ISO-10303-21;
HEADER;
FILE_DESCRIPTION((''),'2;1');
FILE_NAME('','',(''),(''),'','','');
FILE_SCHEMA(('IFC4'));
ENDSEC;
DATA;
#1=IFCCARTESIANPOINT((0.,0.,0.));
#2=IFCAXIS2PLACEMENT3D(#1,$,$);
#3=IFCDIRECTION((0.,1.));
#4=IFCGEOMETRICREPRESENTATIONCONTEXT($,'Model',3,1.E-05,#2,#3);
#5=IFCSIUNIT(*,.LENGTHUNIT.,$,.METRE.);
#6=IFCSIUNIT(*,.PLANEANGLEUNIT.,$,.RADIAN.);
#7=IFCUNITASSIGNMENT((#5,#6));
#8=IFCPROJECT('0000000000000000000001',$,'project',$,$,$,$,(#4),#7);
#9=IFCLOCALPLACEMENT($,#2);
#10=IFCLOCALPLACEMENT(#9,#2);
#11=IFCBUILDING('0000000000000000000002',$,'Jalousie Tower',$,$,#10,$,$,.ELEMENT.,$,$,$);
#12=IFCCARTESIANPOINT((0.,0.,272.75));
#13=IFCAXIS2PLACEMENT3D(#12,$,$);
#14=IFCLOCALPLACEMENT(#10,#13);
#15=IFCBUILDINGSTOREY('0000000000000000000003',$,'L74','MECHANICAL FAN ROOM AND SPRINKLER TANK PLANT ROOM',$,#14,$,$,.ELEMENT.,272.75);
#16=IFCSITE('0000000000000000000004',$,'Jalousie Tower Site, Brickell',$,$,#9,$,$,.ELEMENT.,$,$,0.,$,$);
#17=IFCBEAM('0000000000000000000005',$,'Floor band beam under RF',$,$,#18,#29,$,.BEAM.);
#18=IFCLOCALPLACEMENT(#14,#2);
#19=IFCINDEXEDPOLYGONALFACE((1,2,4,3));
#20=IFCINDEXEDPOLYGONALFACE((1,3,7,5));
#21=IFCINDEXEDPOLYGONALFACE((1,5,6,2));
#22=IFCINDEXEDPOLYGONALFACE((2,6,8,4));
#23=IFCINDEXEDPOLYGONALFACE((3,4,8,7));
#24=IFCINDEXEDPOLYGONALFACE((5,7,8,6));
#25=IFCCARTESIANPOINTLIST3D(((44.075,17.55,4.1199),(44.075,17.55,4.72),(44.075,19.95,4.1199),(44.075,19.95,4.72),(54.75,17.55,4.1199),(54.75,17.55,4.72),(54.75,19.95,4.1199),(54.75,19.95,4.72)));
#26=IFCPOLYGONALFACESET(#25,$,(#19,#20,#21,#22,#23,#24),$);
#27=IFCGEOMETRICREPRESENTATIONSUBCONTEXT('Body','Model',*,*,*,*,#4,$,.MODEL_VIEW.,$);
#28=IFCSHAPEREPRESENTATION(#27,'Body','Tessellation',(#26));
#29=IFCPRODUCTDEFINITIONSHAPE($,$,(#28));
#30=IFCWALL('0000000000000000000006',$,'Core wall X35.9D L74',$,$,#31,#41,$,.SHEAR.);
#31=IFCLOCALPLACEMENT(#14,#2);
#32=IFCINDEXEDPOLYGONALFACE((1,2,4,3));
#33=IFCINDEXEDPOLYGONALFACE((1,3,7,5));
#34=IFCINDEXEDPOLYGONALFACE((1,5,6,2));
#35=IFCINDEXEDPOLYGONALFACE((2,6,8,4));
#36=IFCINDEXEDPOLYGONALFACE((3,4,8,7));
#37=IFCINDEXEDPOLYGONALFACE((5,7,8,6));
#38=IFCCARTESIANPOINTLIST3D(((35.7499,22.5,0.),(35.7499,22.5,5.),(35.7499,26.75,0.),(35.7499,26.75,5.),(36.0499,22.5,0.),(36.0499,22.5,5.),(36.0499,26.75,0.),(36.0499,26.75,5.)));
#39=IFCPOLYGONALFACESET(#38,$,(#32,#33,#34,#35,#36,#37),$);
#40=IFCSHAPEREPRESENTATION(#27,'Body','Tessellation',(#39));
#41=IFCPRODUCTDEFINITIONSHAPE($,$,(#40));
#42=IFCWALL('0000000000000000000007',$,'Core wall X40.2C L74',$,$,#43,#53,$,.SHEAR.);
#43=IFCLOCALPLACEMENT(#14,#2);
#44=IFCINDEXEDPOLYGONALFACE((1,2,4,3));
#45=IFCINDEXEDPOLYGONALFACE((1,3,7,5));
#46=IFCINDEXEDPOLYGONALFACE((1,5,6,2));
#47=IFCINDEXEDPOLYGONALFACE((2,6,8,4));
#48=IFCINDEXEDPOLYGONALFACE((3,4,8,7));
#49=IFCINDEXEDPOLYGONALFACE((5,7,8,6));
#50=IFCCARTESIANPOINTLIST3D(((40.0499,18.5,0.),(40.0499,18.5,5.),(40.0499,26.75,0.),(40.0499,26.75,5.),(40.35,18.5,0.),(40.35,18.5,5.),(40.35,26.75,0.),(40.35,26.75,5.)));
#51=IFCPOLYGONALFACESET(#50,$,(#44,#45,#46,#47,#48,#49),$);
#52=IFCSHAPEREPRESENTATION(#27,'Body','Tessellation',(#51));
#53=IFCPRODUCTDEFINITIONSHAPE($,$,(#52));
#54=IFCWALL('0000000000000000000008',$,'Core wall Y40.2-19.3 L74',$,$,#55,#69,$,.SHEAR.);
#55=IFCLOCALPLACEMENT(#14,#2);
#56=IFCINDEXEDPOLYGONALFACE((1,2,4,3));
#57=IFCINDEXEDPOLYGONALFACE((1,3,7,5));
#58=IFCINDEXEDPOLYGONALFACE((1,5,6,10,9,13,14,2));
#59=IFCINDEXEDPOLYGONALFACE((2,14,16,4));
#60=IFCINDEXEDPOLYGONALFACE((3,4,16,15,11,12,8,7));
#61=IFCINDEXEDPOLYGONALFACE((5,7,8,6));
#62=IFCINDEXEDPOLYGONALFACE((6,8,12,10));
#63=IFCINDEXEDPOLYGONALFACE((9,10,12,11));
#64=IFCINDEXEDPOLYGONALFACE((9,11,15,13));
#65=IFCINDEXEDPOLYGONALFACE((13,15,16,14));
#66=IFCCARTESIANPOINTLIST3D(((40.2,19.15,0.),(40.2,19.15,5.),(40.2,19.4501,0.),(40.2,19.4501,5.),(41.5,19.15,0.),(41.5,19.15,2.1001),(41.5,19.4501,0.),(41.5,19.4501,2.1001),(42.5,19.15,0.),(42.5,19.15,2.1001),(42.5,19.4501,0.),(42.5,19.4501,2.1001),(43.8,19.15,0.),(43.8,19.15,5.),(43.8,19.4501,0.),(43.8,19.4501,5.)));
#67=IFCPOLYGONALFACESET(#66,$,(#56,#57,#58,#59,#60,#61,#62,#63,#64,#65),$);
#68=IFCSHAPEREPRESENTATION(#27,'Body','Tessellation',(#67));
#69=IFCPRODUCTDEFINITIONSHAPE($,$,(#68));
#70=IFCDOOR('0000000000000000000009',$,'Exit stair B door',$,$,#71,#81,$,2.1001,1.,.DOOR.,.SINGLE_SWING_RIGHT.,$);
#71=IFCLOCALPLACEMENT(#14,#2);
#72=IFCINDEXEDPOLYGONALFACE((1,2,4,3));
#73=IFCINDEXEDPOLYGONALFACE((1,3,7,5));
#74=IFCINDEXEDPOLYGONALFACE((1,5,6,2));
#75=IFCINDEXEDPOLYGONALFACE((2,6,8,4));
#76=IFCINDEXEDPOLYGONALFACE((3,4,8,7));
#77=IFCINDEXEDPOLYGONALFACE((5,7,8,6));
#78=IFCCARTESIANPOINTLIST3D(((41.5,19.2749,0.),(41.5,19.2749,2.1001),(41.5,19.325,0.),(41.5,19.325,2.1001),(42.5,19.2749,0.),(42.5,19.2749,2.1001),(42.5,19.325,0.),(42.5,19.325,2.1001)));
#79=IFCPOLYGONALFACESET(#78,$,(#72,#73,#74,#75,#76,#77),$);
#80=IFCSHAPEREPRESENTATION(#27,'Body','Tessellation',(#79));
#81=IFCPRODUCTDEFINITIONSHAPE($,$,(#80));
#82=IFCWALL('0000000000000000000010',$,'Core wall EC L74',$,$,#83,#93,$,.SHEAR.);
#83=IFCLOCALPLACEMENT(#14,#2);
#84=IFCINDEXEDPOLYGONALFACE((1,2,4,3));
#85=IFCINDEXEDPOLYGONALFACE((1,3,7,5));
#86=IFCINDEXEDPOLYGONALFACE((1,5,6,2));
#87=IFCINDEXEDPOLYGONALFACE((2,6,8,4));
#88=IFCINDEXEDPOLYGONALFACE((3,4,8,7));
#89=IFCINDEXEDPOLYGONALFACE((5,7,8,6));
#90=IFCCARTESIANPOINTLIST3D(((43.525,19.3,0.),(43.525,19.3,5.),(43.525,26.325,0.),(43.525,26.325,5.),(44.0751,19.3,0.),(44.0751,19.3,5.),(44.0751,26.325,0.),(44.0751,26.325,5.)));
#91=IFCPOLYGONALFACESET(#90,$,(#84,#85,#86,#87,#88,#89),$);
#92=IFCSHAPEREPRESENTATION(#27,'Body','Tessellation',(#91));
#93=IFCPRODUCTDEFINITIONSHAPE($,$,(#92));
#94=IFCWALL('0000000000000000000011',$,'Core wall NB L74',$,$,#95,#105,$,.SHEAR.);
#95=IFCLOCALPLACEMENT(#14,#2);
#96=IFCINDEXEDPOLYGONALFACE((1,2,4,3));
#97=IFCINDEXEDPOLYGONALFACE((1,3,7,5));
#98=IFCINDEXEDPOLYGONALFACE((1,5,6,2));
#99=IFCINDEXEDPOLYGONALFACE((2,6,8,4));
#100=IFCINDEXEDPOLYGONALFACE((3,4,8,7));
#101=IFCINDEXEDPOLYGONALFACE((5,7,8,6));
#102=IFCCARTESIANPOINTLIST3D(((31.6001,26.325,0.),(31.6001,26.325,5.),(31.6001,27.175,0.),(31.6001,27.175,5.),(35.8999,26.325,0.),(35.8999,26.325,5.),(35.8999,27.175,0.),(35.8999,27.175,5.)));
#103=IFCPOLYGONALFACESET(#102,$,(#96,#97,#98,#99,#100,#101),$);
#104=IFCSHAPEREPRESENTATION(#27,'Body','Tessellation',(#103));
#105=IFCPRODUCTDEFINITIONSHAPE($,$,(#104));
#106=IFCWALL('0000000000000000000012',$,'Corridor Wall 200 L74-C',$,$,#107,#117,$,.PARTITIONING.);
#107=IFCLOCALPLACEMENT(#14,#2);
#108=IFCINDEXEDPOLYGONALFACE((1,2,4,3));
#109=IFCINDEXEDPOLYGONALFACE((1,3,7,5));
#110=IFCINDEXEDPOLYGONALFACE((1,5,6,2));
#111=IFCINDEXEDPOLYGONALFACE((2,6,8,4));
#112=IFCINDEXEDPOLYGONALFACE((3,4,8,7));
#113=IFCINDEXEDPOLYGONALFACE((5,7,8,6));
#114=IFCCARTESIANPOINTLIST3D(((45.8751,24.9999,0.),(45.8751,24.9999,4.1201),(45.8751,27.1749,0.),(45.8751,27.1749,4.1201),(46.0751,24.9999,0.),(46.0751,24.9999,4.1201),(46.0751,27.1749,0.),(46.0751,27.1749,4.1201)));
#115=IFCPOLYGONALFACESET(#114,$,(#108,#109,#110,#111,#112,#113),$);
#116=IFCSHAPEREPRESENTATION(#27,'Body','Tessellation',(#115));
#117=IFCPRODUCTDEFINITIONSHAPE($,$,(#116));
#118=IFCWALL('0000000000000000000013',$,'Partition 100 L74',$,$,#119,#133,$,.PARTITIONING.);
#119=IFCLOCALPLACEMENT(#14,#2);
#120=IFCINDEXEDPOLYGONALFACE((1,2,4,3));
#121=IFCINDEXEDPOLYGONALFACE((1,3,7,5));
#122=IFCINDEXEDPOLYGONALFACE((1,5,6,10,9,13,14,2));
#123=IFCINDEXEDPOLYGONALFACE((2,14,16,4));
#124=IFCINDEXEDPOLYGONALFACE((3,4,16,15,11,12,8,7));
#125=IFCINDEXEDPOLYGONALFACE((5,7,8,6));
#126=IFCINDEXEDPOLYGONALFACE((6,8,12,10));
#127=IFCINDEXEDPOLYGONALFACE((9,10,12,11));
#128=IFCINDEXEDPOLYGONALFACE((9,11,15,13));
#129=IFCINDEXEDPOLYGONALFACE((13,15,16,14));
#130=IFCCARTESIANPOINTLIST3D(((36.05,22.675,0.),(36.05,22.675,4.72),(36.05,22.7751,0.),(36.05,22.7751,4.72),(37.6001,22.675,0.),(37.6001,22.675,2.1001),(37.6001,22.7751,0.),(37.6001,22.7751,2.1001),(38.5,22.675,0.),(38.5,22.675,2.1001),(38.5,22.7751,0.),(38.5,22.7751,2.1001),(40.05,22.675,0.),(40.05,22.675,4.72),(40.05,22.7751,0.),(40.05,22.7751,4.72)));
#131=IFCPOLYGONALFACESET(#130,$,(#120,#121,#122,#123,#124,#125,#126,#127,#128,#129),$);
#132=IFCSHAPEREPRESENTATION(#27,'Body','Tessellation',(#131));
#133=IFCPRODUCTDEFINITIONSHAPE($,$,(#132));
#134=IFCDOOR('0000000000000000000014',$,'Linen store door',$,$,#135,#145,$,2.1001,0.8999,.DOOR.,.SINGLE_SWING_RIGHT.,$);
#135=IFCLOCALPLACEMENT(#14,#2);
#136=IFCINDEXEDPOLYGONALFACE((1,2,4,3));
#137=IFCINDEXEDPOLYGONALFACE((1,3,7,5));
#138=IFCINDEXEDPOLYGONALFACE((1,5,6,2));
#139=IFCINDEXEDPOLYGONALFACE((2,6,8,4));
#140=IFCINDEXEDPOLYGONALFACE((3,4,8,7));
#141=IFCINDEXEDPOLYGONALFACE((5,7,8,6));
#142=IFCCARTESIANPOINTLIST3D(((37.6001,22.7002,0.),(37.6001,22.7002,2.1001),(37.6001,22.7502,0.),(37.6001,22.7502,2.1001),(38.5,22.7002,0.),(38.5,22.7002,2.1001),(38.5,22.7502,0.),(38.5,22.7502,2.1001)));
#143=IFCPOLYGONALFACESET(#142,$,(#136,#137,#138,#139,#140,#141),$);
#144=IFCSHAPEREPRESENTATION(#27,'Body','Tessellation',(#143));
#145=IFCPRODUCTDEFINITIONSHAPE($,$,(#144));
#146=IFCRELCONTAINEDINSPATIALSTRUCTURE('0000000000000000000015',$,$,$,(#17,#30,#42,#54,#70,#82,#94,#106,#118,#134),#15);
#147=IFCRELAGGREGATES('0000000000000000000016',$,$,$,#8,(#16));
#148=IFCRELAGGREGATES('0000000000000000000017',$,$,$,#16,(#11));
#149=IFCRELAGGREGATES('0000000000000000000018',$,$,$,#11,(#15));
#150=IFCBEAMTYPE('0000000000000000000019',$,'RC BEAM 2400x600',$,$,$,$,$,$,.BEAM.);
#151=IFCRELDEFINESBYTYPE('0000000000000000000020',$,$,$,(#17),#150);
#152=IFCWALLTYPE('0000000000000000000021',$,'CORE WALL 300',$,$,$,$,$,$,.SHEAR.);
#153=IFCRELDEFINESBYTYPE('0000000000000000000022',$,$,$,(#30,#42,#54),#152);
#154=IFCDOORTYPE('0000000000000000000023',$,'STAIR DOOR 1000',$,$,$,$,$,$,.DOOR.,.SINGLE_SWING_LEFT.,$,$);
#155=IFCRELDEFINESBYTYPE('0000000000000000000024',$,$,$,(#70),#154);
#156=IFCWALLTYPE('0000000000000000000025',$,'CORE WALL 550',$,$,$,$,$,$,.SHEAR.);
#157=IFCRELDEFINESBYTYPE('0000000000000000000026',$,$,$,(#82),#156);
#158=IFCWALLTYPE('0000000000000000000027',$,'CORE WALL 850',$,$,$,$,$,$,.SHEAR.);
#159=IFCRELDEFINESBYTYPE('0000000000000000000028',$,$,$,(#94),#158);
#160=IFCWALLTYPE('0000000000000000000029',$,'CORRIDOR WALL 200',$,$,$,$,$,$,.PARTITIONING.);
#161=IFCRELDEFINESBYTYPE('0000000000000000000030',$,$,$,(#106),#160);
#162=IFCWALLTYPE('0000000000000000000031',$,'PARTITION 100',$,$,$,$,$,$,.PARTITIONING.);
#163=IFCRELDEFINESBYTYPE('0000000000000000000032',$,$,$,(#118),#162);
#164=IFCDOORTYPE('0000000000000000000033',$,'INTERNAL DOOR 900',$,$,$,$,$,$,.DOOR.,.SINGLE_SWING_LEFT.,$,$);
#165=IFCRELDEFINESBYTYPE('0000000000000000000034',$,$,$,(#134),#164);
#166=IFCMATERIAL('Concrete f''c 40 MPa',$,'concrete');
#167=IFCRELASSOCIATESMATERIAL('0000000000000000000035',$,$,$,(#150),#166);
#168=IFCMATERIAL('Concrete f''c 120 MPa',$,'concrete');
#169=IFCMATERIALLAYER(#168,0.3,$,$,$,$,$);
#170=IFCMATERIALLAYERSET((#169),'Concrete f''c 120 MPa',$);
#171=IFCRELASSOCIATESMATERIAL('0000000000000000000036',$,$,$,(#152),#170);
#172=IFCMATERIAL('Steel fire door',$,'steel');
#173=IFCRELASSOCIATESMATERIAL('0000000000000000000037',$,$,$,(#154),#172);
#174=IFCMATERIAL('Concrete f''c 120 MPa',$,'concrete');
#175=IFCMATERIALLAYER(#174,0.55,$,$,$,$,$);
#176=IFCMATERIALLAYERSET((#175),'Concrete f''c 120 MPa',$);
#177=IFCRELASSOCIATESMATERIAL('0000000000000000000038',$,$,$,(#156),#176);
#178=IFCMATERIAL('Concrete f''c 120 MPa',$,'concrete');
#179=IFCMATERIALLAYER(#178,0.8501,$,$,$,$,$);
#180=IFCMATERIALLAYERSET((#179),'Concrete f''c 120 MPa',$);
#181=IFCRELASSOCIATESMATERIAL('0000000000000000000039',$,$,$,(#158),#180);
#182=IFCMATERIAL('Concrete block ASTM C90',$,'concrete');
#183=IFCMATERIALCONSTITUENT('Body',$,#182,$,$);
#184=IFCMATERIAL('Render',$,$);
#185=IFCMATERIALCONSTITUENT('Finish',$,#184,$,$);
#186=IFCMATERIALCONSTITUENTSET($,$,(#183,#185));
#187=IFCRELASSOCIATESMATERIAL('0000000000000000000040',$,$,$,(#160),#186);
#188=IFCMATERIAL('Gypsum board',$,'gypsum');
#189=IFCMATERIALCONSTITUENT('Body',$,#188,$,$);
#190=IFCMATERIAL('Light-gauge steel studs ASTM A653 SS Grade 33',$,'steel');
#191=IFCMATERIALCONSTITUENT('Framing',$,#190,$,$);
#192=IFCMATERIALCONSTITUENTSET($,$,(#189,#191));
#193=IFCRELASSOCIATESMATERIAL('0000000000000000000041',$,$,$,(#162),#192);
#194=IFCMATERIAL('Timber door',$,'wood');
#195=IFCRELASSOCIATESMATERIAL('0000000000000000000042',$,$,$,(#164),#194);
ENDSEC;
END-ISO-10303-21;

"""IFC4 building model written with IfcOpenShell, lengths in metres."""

from ifc_helpers import new_model, si_unit, direction, frame, frame_2d, origin, origin_2d, place, context, subcontext, project, spatial, rectangle, extrude, material, layer, layer_set, constituent, constituent_set, material_profile, profile_set, type_object, element, fill, save


model = new_model("IFC4")

# Units and contexts
model_context = context("Model", 3, precision=1e-05, world=origin(), true_north=direction((0.0, 1.0)))
body_context = subcontext(model_context, "Body", "Model", "MODEL_VIEW")
ifc_project = project(units=[si_unit("LENGTHUNIT", "METRE"), si_unit("PLANEANGLEUNIT", "RADIAN")], contexts=[model_context])

# Site, building, storey
site_placement = place(None, origin())
site = spatial("IfcSite", under=ifc_project, at=site_placement, Name="Jalousie Tower Site, Brickell", CompositionType="ELEMENT", RefElevation=0.0)
building_placement = place(site_placement, origin())
building = spatial("IfcBuilding", under=site, at=building_placement, Name="Jalousie Tower", CompositionType="ELEMENT")
storey_placement = place(building_placement, frame((0.0, 0.0, 272.75)))
storey = spatial("IfcBuildingStorey", under=building, at=storey_placement, Name="L74", Description="MECHANICAL FAN ROOM AND SPRINKLER TANK PLANT ROOM", CompositionType="ELEMENT", Elevation=272.75)

# Beam
ifc_material_1 = material(Name="Concrete f'c 40 MPa", Category="concrete")
ifc_material_profile = material_profile(ifc_material_1, rectangle(XDim=2.3999, YDim=0.6001, at=origin_2d()), Name="RC 2400x600")
ifc_profile_set = profile_set([ifc_material_profile], Name="Concrete f'c 40 MPa")
beam_type = type_object("IfcBeamType", Name="RC BEAM 2400x600", PredefinedType="BEAM", material=ifc_profile_set)
beam_placement = place(storey_placement, frame((44.075, 18.75, 4.4199), z_axis=(1.0, 0.0, 0.0), x_axis=(0.0, 1.0, 0.0)))
element("IfcBeam", 1, at=beam_placement, inside=storey, type_object=beam_type, Name="Floor band beam under RF", PredefinedType="BEAM", context=body_context, shape_type="SweptSolid", body=[
    extrude(rectangle(XDim=2.3999, YDim=0.6001, at=origin_2d()), origin(), (0.0, 0.0, 1.0), 10.675),
])

# Walls
ifc_material_2 = material(Name="Concrete f'c 120 MPa", Category="concrete")
ifc_layer_1 = layer(ifc_material_2, 0.3)
ifc_layer_set_1 = layer_set([ifc_layer_1], Name="Concrete f'c 120 MPa")
wall_type_1 = type_object("IfcWallType", Name="CORE WALL 300", PredefinedType="SHEAR", material=ifc_layer_set_1)
wall_1_placement = place(storey_placement, frame((35.8999, 22.5, 0.0), z_axis=(0.0, 0.0, 1.0), x_axis=(0.0, 1.0, 0.0)))
element("IfcWall", 2, at=wall_1_placement, inside=storey, type_object=wall_type_1, Name="Core wall X35.9D L74", PredefinedType="SHEAR", context=body_context, shape_type="SweptSolid", body=[
    extrude(rectangle(XDim=4.25, YDim=0.3, at=frame_2d((2.125, 0.0))), origin(), (0.0, 0.0, 1.0), 5.0),
])
wall_2_placement = place(storey_placement, frame((40.2, 18.5, 0.0), z_axis=(0.0, 0.0, 1.0), x_axis=(0.0, 1.0, 0.0)))
element("IfcWall", 3, at=wall_2_placement, inside=storey, type_object=wall_type_1, Name="Core wall X40.2C L74", PredefinedType="SHEAR", context=body_context, shape_type="SweptSolid", body=[
    extrude(rectangle(XDim=8.25, YDim=0.3, at=frame_2d((4.125, 0.0))), origin(), (0.0, 0.0, 1.0), 5.0),
])

# Wall, opening, door
wall_3_placement = place(storey_placement, frame((40.2, 19.3, 0.0), z_axis=(0.0, 0.0, 1.0), x_axis=(1.0, 0.0, 0.0)))
wall_3 = element("IfcWall", 4, at=wall_3_placement, inside=storey, type_object=wall_type_1, Name="Core wall Y40.2-19.3 L74", PredefinedType="SHEAR", context=body_context, shape_type="SweptSolid", body=[
    extrude(rectangle(XDim=3.6001, YDim=0.3, at=frame_2d((1.8, 0.0))), origin(), (0.0, 0.0, 1.0), 5.0),
])
opening_1_placement = place(wall_3_placement, frame((1.3, 0.0, 0.0)))
opening_1 = element("IfcOpeningElement", 5, at=opening_1_placement, cuts=wall_3, PredefinedType="OPENING", context=body_context, shape_type="SweptSolid", body=[
    extrude(rectangle(XDim=1.0, YDim=2.1001, at=frame_2d((0.5, 1.05))), frame((0.0, 0.1599, 0.0), z_axis=(0.0, -1.0, 0.0), x_axis=(1.0, 0.0, 0.0)), (0.0, 0.0, 1.0), 0.3201),
])
ifc_material_3 = material(Name="Steel fire door", Category="steel")
door_type_1 = type_object("IfcDoorType", Name="STAIR DOOR 1000", OperationType="SINGLE_SWING_LEFT", PredefinedType="DOOR", material=ifc_material_3)
door_1_placement = place(opening_1_placement, origin())
door_1 = element("IfcDoor", 6, at=door_1_placement, inside=storey, type_object=door_type_1, Name="Exit stair B door", OperationType="SINGLE_SWING_RIGHT", OverallHeight=2.1001, OverallWidth=1.0, PredefinedType="DOOR", context=body_context, shape_type="SweptSolid", body=[
    extrude(rectangle(XDim=1.0, YDim=2.1001, at=frame_2d((0.5, 1.05))), frame((0.0, 0.0249, 0.0), z_axis=(0.0, -1.0, 0.0), x_axis=(1.0, 0.0, 0.0)), (0.0, 0.0, 1.0), 0.05),
])
fill(opening_1, door_1)

# Walls
ifc_material_4 = material(Name="Concrete f'c 120 MPa", Category="concrete")
ifc_layer_2 = layer(ifc_material_4, 0.55)
ifc_layer_set_2 = layer_set([ifc_layer_2], Name="Concrete f'c 120 MPa")
wall_type_2 = type_object("IfcWallType", Name="CORE WALL 550", PredefinedType="SHEAR", material=ifc_layer_set_2)
wall_4_placement = place(storey_placement, frame((43.8, 19.3, 0.0), z_axis=(0.0, 0.0, 1.0), x_axis=(0.0, 1.0, 0.0)))
element("IfcWall", 7, at=wall_4_placement, inside=storey, type_object=wall_type_2, Name="Core wall EC L74", PredefinedType="SHEAR", context=body_context, shape_type="SweptSolid", body=[
    extrude(rectangle(XDim=7.0249, YDim=0.55, at=frame_2d((3.5125, 0.0))), origin(), (0.0, 0.0, 1.0), 5.0),
])
ifc_material_5 = material(Name="Concrete f'c 120 MPa", Category="concrete")
ifc_layer_3 = layer(ifc_material_5, 0.8501)
ifc_layer_set_3 = layer_set([ifc_layer_3], Name="Concrete f'c 120 MPa")
wall_type_3 = type_object("IfcWallType", Name="CORE WALL 850", PredefinedType="SHEAR", material=ifc_layer_set_3)
wall_5_placement = place(storey_placement, frame((35.8999, 26.75, 0.0), z_axis=(0.0, 0.0, 1.0), x_axis=(-1.0, 0.0, 0.0)))
element("IfcWall", 8, at=wall_5_placement, inside=storey, type_object=wall_type_3, Name="Core wall NB L74", PredefinedType="SHEAR", context=body_context, shape_type="SweptSolid", body=[
    extrude(rectangle(XDim=4.2998, YDim=0.8501, at=frame_2d((2.1499, 0.0))), origin(), (0.0, 0.0, 1.0), 5.0),
])
ifc_material_6 = material(Name="Concrete block ASTM C90", Category="concrete")
ifc_constituent_1 = constituent(ifc_material_6, Name="Body")
ifc_material_7 = material(Name="Render")
ifc_constituent_2 = constituent(ifc_material_7, Name="Finish")
ifc_constituent_set_1 = constituent_set(constituents=[ifc_constituent_1, ifc_constituent_2])
wall_type_4 = type_object("IfcWallType", Name="CORRIDOR WALL 200", PredefinedType="PARTITIONING", material=ifc_constituent_set_1)
wall_6_placement = place(storey_placement, frame((45.9751, 25.0, 0.0), z_axis=(0.0, 0.0, 1.0), x_axis=(0.0, 1.0, 0.0)))
element("IfcWall", 9, at=wall_6_placement, inside=storey, type_object=wall_type_4, Name="Corridor Wall 200 L74-C", PredefinedType="PARTITIONING", context=body_context, shape_type="SweptSolid", body=[
    extrude(rectangle(XDim=2.175, YDim=0.2, at=frame_2d((1.0874, 0.0))), origin(), (0.0, 0.0, 1.0), 4.1201),
])

# Wall, opening, door
ifc_material_8 = material(Name="Gypsum board", Category="gypsum")
ifc_constituent_3 = constituent(ifc_material_8, Name="Body")
ifc_material_9 = material(Name="Light-gauge steel studs ASTM A653 SS Grade 33", Category="steel")
ifc_constituent_4 = constituent(ifc_material_9, Name="Framing")
ifc_constituent_set_2 = constituent_set(constituents=[ifc_constituent_3, ifc_constituent_4])
wall_type_5 = type_object("IfcWallType", Name="PARTITION 100", PredefinedType="PARTITIONING", material=ifc_constituent_set_2)
wall_7_placement = place(storey_placement, frame((36.05, 22.7251, 0.0), z_axis=(0.0, 0.0, 1.0), x_axis=(1.0, 0.0, 0.0)))
wall_7 = element("IfcWall", 10, at=wall_7_placement, inside=storey, type_object=wall_type_5, Name="Partition 100 L74", PredefinedType="PARTITIONING", context=body_context, shape_type="SweptSolid", body=[
    extrude(rectangle(XDim=4.0, YDim=0.1001, at=frame_2d((2.0, 0.0))), origin(), (0.0, 0.0, 1.0), 4.72),
])
opening_2_placement = place(wall_7_placement, frame((1.55, 0.0, 0.0)))
opening_2 = element("IfcOpeningElement", 11, at=opening_2_placement, cuts=wall_7, PredefinedType="OPENING", context=body_context, shape_type="SweptSolid", body=[
    extrude(rectangle(XDim=0.8999, YDim=2.1001, at=frame_2d((0.45, 1.05))), frame((0.0, 0.0601, 0.0), z_axis=(0.0, -1.0, 0.0), x_axis=(1.0, 0.0, 0.0)), (0.0, 0.0, 1.0), 0.1201),
])
ifc_material_10 = material(Name="Timber door", Category="wood")
door_type_2 = type_object("IfcDoorType", Name="INTERNAL DOOR 900", OperationType="SINGLE_SWING_LEFT", PredefinedType="DOOR", material=ifc_material_10)
door_2_placement = place(opening_2_placement, frame((0.8999, 0.0, 0.0), z_axis=(0.0, 0.0, 1.0), x_axis=(-1.0, 0.0, 0.0)))
door_2 = element("IfcDoor", 12, at=door_2_placement, inside=storey, type_object=door_type_2, Name="Linen store door", OperationType="SINGLE_SWING_RIGHT", OverallHeight=2.1001, OverallWidth=0.8999, PredefinedType="DOOR", context=body_context, shape_type="SweptSolid", body=[
    extrude(rectangle(XDim=0.8999, YDim=2.1001, at=frame_2d((0.45, 1.05))), frame((0.0, 0.0249, 0.0), z_axis=(0.0, -1.0, 0.0), x_axis=(1.0, 0.0, 0.0)), (0.0, 0.0, 1.0), 0.05),
])
fill(opening_2, door_2)

save(model, "model.ifc")
